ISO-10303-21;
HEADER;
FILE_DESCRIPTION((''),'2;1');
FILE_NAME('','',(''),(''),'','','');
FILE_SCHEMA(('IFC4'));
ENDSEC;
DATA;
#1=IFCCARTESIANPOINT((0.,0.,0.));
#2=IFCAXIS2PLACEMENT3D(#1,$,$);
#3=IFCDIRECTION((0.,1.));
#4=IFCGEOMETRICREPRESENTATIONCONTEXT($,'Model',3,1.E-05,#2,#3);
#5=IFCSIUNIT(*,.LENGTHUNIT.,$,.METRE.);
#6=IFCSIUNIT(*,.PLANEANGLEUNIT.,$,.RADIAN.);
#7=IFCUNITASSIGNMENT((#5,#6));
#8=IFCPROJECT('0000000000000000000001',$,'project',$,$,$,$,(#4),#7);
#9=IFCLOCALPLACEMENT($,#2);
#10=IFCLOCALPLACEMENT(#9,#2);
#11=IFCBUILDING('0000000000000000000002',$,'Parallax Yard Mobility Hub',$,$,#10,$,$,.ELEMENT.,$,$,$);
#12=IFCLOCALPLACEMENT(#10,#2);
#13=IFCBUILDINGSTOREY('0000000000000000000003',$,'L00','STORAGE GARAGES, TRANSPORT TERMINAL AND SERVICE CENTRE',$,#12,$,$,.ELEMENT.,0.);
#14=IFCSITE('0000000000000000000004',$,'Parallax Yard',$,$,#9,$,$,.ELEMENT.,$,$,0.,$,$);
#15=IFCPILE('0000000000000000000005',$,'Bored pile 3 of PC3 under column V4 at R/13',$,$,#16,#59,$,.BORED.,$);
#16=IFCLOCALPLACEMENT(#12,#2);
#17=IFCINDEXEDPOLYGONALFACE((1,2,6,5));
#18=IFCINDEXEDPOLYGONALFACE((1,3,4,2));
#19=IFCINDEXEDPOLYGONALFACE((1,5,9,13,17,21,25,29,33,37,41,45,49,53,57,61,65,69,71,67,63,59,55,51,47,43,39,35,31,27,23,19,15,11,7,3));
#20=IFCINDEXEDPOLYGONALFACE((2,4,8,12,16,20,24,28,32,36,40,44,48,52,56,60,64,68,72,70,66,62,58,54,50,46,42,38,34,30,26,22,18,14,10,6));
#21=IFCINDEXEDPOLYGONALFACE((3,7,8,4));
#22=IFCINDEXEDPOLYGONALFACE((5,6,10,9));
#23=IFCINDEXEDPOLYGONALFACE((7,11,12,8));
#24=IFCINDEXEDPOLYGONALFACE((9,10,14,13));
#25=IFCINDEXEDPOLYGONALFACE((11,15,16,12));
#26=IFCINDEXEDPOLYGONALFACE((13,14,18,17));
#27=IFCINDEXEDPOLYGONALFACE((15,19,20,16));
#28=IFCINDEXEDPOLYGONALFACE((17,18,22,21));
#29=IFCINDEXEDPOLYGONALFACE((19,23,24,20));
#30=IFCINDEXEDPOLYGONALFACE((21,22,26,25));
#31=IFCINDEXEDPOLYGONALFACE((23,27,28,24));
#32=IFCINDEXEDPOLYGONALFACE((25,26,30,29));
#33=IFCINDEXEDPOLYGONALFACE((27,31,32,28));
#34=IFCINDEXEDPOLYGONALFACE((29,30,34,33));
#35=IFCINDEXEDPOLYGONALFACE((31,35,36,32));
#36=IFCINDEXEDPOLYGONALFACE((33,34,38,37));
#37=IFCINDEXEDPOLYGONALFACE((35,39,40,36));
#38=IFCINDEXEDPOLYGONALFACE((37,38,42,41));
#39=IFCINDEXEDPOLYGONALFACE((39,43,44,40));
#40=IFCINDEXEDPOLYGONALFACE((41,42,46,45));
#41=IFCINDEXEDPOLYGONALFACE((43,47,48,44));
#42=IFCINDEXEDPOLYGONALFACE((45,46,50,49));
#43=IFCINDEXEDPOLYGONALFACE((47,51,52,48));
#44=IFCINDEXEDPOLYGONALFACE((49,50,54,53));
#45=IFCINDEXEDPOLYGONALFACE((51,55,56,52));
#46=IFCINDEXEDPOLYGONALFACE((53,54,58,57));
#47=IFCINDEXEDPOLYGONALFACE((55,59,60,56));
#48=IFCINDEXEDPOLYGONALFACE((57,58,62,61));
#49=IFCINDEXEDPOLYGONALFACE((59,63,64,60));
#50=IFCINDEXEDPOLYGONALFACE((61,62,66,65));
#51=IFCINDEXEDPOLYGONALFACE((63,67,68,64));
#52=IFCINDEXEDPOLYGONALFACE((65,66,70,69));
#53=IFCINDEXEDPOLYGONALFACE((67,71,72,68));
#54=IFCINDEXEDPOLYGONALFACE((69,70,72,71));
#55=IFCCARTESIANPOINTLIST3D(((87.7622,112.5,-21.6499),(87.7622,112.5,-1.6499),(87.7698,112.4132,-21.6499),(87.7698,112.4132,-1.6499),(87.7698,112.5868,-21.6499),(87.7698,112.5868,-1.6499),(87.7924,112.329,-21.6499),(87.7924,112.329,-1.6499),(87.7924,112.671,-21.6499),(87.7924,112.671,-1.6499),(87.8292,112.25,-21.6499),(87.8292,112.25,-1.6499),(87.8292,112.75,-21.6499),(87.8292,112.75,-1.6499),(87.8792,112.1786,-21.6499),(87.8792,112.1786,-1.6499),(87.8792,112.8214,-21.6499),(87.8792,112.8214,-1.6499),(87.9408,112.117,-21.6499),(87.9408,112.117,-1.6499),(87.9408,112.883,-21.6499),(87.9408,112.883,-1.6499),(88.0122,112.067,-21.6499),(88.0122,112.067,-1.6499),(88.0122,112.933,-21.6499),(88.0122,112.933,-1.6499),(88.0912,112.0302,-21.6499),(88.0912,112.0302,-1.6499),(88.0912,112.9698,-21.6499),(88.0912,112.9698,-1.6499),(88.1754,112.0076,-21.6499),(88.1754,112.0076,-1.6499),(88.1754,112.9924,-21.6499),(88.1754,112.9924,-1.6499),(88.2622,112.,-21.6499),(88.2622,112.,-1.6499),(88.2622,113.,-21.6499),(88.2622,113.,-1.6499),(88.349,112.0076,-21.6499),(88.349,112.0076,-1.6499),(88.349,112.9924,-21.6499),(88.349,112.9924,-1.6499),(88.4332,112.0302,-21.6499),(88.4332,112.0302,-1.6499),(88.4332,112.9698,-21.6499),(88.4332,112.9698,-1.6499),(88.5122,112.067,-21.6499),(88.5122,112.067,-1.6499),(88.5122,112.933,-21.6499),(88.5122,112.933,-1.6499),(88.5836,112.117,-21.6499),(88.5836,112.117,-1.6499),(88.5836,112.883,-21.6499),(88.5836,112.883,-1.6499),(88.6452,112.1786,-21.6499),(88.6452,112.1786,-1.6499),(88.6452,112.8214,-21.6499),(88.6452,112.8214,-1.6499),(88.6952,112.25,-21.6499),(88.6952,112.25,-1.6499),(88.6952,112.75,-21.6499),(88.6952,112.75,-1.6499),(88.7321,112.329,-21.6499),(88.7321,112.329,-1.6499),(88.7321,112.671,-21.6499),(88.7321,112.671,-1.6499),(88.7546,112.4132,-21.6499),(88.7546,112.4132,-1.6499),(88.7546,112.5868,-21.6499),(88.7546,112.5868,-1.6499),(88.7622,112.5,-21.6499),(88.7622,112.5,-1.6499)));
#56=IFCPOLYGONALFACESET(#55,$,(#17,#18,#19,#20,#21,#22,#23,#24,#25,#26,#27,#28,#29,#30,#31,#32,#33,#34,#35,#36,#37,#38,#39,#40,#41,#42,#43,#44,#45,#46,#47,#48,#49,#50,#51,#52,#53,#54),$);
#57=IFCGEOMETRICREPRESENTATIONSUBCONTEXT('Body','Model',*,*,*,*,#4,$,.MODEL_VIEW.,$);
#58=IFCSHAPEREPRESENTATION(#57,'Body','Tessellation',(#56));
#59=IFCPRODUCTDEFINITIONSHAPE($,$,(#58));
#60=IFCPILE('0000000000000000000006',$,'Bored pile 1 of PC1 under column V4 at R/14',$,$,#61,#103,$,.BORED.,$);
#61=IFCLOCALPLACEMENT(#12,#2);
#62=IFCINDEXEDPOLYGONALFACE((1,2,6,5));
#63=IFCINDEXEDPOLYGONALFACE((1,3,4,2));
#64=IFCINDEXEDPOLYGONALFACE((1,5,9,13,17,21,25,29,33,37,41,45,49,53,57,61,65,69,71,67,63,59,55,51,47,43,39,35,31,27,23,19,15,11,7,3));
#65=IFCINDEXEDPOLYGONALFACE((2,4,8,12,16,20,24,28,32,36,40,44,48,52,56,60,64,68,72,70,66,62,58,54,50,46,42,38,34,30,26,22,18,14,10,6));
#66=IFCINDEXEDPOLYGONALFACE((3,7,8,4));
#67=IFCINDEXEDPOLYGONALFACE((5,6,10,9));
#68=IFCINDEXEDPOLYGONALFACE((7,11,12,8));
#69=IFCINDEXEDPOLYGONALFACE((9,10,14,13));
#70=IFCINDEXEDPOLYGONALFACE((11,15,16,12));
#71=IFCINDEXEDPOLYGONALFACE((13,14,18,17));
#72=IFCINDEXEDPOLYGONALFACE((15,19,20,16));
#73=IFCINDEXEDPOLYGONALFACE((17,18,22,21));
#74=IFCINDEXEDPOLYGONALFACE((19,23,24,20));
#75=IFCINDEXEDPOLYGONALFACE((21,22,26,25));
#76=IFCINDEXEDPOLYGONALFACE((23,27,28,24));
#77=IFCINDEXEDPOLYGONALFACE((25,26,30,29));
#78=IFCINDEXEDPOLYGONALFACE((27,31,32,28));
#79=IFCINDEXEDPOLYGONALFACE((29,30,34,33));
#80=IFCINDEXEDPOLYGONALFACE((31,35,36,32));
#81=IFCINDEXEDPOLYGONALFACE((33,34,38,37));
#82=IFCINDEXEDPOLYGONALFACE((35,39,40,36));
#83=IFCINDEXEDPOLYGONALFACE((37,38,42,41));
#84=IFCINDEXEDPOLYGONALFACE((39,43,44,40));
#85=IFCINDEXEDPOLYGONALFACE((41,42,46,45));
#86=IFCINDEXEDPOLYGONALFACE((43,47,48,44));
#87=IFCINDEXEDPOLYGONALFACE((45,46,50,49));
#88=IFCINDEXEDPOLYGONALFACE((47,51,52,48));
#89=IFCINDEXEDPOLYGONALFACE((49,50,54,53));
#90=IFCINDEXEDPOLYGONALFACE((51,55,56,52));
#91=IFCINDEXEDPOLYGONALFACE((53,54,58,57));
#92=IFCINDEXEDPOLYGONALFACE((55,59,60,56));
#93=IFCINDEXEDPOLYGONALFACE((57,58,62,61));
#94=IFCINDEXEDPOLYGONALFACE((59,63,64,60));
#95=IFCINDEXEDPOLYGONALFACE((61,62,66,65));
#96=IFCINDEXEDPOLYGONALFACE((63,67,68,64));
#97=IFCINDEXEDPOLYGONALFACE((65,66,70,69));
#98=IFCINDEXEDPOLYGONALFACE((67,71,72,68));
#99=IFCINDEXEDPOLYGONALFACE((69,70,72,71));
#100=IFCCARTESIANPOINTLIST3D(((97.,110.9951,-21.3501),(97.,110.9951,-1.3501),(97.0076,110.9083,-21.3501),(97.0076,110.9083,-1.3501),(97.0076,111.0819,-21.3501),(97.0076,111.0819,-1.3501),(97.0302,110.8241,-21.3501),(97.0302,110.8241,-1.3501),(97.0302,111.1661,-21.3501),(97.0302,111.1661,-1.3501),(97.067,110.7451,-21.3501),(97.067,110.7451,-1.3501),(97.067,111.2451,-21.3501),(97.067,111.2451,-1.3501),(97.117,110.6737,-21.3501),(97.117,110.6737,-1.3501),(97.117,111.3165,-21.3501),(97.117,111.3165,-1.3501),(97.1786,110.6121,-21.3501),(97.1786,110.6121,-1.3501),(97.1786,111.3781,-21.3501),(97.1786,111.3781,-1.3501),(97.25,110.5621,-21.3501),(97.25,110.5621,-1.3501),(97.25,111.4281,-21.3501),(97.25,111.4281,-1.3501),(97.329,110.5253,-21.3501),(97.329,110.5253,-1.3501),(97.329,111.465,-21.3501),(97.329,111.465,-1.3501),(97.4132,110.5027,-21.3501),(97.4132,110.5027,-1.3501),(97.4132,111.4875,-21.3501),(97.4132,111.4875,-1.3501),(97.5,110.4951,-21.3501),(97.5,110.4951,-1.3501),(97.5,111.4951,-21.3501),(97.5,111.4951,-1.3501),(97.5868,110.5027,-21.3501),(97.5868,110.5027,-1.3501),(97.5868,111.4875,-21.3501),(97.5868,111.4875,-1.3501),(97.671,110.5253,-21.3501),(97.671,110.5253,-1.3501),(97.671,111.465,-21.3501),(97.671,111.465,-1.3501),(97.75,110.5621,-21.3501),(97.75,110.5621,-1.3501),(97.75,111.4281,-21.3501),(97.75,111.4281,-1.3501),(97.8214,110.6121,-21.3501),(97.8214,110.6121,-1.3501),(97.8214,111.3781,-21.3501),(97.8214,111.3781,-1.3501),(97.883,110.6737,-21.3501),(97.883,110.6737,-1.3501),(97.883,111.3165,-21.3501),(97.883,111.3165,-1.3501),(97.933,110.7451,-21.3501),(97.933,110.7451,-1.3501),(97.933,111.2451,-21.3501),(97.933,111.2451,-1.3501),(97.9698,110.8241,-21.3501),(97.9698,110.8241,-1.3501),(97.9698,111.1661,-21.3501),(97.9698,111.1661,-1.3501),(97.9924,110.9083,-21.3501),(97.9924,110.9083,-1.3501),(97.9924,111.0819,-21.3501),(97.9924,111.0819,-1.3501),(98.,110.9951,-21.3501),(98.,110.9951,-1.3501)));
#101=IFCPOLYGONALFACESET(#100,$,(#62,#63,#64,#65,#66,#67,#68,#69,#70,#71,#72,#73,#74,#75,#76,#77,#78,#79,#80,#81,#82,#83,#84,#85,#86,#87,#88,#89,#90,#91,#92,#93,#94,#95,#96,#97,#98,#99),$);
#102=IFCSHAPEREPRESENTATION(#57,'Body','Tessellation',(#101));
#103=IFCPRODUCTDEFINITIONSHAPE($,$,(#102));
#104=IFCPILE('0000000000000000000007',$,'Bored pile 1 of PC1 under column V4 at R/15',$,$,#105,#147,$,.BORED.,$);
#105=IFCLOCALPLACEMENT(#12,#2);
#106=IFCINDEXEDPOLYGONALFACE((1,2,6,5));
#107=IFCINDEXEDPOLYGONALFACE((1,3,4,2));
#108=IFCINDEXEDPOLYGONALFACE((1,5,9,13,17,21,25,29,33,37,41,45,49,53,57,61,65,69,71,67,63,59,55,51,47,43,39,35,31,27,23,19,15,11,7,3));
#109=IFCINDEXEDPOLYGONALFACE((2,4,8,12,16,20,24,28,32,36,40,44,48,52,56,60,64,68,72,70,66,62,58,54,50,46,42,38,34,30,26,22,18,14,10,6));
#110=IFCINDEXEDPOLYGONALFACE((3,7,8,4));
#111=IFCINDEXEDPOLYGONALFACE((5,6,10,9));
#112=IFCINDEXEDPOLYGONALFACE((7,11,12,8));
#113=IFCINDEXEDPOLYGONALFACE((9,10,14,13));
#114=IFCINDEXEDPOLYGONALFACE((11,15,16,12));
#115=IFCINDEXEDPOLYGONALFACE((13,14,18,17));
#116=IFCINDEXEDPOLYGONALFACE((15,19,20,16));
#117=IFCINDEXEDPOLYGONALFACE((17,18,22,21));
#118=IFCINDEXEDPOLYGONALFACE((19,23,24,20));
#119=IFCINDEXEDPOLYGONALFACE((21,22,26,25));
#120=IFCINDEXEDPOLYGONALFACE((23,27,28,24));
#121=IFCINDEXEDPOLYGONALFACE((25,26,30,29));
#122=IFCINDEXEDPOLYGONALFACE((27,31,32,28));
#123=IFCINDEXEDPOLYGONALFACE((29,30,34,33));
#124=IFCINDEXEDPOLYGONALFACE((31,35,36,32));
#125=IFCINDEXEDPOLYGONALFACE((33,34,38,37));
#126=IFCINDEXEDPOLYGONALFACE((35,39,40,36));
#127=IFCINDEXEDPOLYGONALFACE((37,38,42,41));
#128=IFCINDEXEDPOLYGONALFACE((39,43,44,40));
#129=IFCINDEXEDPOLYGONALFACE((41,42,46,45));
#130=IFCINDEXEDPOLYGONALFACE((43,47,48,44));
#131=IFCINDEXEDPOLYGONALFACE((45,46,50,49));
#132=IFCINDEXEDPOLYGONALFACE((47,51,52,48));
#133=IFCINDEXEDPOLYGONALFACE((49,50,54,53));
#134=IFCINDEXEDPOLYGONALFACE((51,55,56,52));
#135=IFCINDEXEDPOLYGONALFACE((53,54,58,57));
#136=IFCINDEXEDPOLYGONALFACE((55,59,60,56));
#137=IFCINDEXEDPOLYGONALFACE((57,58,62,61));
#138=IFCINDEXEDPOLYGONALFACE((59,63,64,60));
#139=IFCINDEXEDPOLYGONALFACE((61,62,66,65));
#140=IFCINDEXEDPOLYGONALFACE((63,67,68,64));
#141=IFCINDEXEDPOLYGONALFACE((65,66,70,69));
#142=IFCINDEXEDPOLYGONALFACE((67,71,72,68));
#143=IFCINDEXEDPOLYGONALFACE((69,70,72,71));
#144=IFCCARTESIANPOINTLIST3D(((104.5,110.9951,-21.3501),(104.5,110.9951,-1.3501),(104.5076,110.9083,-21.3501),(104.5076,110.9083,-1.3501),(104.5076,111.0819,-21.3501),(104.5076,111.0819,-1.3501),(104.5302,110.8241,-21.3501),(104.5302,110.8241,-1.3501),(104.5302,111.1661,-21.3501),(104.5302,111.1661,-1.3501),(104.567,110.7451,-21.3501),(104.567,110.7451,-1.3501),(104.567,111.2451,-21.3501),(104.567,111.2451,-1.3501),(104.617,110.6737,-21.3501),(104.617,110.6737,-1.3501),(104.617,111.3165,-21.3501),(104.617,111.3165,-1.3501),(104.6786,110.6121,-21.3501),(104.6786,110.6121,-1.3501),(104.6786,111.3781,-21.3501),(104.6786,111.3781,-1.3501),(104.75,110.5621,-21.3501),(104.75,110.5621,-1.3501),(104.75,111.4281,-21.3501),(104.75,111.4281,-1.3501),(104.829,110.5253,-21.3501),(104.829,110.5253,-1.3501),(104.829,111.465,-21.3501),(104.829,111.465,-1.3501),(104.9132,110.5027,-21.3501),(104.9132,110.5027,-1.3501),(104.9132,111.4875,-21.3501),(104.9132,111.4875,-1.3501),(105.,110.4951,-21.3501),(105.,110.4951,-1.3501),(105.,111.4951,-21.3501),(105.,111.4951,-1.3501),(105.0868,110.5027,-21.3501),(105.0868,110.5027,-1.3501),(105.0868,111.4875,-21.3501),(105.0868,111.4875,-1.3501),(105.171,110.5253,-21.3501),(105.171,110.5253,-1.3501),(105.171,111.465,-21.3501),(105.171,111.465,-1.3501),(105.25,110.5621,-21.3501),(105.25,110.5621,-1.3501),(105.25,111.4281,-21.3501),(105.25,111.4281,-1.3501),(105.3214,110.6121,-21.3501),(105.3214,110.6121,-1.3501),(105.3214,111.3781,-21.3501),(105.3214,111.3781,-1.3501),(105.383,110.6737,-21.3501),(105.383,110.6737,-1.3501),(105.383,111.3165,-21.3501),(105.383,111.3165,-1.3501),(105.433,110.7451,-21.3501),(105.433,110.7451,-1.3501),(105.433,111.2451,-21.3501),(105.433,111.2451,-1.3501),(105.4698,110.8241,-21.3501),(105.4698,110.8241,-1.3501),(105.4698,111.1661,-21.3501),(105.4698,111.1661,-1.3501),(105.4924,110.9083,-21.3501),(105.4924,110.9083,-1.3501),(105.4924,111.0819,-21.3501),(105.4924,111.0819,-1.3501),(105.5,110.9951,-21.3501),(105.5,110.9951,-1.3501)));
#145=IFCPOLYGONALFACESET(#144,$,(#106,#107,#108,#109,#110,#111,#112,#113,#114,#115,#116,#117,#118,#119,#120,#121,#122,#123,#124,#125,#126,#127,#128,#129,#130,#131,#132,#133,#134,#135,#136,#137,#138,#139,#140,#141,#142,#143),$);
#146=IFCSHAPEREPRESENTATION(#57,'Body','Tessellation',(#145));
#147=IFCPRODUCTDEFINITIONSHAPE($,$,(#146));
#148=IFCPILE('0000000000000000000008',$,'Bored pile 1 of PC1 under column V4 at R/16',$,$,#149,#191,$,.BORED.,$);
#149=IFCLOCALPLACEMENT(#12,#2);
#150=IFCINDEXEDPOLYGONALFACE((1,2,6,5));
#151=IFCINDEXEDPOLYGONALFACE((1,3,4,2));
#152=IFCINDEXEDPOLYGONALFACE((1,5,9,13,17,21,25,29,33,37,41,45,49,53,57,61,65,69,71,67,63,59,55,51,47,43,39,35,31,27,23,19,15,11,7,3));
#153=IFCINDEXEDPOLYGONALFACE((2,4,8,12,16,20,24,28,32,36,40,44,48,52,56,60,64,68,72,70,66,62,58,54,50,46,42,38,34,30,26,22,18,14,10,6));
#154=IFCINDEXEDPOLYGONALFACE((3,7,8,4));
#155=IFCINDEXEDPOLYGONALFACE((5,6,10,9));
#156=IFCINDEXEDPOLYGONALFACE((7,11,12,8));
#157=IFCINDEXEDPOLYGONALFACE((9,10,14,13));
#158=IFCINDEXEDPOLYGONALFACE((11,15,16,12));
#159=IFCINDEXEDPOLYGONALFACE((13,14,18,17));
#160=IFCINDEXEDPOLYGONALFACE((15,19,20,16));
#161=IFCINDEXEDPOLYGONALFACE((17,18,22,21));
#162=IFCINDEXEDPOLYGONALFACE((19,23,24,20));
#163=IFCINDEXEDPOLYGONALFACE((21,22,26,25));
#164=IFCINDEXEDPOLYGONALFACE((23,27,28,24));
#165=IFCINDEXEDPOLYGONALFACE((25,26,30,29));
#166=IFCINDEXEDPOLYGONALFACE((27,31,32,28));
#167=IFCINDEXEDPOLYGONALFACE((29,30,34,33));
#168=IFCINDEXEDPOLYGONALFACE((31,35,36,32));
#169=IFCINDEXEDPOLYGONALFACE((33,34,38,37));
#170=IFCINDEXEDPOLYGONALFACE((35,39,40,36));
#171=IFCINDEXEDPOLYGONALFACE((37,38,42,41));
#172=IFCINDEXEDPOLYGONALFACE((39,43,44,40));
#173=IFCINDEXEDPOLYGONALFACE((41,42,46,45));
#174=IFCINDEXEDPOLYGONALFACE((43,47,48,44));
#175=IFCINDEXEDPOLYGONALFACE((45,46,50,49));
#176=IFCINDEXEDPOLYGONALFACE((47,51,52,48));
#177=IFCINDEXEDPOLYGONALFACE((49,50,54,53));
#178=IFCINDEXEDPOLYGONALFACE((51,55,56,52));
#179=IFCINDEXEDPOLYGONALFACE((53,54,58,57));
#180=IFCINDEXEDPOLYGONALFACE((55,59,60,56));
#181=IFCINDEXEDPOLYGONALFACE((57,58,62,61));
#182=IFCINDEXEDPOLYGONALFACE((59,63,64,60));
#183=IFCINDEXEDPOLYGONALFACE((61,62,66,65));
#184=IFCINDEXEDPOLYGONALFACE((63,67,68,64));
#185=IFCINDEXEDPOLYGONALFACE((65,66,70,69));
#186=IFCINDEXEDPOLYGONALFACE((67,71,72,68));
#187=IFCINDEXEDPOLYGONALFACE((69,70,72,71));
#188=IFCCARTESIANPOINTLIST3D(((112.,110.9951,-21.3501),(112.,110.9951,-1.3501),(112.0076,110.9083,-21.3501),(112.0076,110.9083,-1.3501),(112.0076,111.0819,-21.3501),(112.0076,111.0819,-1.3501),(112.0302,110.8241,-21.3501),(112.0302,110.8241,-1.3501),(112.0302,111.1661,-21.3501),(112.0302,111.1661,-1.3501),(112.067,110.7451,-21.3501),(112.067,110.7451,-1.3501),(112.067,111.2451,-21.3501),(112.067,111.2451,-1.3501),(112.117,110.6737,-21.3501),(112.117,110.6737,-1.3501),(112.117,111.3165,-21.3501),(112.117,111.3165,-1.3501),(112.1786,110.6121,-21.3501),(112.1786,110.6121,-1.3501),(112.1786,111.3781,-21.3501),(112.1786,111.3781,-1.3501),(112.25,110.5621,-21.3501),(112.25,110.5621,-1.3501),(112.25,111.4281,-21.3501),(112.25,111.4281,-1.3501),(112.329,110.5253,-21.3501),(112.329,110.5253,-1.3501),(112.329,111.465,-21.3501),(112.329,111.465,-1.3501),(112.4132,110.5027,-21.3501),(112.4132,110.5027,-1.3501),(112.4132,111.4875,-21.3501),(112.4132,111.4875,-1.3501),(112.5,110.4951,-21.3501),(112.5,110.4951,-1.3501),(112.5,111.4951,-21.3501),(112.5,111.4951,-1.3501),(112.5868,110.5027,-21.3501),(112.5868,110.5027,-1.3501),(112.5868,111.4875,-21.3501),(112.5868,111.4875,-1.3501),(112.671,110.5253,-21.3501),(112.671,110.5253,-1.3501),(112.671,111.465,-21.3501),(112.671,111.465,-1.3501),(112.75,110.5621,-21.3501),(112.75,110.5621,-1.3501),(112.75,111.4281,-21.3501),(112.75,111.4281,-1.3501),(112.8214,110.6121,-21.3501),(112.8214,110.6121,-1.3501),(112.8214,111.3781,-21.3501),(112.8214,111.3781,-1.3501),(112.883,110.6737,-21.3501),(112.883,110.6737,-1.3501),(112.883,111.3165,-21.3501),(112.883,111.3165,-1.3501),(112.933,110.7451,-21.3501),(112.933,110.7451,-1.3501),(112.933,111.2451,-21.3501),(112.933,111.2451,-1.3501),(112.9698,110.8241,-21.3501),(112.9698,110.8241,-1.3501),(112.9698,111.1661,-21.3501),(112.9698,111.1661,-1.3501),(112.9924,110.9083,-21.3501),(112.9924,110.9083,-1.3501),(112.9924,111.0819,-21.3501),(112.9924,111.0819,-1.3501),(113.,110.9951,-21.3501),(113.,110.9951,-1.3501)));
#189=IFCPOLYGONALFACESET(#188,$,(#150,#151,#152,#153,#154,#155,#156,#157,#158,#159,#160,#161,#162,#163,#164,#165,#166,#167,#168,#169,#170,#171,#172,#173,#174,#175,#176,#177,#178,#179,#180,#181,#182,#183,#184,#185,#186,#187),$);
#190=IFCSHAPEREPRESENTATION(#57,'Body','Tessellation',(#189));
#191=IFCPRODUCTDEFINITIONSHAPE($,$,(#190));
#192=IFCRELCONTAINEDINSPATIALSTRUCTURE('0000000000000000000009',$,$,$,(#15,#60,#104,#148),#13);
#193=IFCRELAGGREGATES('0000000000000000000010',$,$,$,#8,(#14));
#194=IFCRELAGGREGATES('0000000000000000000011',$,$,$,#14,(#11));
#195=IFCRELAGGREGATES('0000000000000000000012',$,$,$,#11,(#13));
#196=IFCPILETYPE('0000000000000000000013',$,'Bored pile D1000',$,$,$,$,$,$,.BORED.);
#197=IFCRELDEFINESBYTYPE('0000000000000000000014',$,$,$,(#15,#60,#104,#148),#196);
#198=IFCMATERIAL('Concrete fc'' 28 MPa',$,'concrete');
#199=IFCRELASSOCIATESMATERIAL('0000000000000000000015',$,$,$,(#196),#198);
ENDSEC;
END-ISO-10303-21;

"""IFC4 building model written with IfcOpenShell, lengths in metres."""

from ifc_helpers import new_model, si_unit, direction, frame, origin, origin_2d, place, context, subcontext, project, spatial, circle, extrude, material, material_profile, profile_set, type_object, element, save


model = new_model("IFC4")

# Units and contexts
model_context = context("Model", 3, precision=1e-05, world=origin(), true_north=direction((0.0, 1.0)))
body_context = subcontext(model_context, "Body", "Model", "MODEL_VIEW")
ifc_project = project(units=[si_unit("LENGTHUNIT", "METRE"), si_unit("PLANEANGLEUNIT", "RADIAN")], contexts=[model_context])

# Site, building, storey
site_placement = place(None, origin())
site = spatial("IfcSite", under=ifc_project, at=site_placement, Name="Parallax Yard", CompositionType="ELEMENT", RefElevation=0.0)
building_placement = place(site_placement, origin())
building = spatial("IfcBuilding", under=site, at=building_placement, Name="Parallax Yard Mobility Hub", CompositionType="ELEMENT")
storey_placement = place(building_placement, origin())
storey = spatial("IfcBuildingStorey", under=building, at=storey_placement, Name="L00", Description="STORAGE GARAGES, TRANSPORT TERMINAL AND SERVICE CENTRE", CompositionType="ELEMENT", Elevation=0.0)

# Piles
ifc_material_1 = material(Name="Concrete fc' 28 MPa", Category="concrete")
ifc_material_profile_1 = material_profile(ifc_material_1, circle(Radius=0.5, at=origin_2d()), Name="Bored pile D1000")
ifc_profile_set_1 = profile_set([ifc_material_profile_1], Name="Concrete fc' 28 MPa")
pile_type = type_object("IfcPileType", Name="Bored pile D1000", PredefinedType="BORED", material=ifc_profile_set_1)
for number, where, z_axis, x_axis, name in (
    (1, (88.2622, 112.5, -1.6499), (0.0, 0.0, -1.0), (1.0, 0.0, 0.0), "Bored pile 3 of PC3 under column V4 at R/13"),
    (2, (97.5, 110.9951, -1.3501), (0.0, 0.0, -1.0), (1.0, 0.0, 0.0), "Bored pile 1 of PC1 under column V4 at R/14"),
    (3, (105.0, 110.9951, -1.3501), (0.0, 0.0, -1.0), (1.0, 0.0, 0.0), "Bored pile 1 of PC1 under column V4 at R/15"),
    (4, (112.5, 110.9951, -1.3501), (0.0, 0.0, -1.0), (1.0, 0.0, 0.0), "Bored pile 1 of PC1 under column V4 at R/16"),
):
    element("IfcPile", number, at=place(storey_placement, frame(where, z_axis=z_axis, x_axis=x_axis)), inside=storey, type_object=pile_type, Name=name, PredefinedType="BORED", context=body_context, shape_type="SweptSolid", body=[
        extrude(circle(Radius=0.5, at=origin_2d()), origin(), (0.0, 0.0, 1.0), 20.0),
    ])

save(model, "model.ifc")
